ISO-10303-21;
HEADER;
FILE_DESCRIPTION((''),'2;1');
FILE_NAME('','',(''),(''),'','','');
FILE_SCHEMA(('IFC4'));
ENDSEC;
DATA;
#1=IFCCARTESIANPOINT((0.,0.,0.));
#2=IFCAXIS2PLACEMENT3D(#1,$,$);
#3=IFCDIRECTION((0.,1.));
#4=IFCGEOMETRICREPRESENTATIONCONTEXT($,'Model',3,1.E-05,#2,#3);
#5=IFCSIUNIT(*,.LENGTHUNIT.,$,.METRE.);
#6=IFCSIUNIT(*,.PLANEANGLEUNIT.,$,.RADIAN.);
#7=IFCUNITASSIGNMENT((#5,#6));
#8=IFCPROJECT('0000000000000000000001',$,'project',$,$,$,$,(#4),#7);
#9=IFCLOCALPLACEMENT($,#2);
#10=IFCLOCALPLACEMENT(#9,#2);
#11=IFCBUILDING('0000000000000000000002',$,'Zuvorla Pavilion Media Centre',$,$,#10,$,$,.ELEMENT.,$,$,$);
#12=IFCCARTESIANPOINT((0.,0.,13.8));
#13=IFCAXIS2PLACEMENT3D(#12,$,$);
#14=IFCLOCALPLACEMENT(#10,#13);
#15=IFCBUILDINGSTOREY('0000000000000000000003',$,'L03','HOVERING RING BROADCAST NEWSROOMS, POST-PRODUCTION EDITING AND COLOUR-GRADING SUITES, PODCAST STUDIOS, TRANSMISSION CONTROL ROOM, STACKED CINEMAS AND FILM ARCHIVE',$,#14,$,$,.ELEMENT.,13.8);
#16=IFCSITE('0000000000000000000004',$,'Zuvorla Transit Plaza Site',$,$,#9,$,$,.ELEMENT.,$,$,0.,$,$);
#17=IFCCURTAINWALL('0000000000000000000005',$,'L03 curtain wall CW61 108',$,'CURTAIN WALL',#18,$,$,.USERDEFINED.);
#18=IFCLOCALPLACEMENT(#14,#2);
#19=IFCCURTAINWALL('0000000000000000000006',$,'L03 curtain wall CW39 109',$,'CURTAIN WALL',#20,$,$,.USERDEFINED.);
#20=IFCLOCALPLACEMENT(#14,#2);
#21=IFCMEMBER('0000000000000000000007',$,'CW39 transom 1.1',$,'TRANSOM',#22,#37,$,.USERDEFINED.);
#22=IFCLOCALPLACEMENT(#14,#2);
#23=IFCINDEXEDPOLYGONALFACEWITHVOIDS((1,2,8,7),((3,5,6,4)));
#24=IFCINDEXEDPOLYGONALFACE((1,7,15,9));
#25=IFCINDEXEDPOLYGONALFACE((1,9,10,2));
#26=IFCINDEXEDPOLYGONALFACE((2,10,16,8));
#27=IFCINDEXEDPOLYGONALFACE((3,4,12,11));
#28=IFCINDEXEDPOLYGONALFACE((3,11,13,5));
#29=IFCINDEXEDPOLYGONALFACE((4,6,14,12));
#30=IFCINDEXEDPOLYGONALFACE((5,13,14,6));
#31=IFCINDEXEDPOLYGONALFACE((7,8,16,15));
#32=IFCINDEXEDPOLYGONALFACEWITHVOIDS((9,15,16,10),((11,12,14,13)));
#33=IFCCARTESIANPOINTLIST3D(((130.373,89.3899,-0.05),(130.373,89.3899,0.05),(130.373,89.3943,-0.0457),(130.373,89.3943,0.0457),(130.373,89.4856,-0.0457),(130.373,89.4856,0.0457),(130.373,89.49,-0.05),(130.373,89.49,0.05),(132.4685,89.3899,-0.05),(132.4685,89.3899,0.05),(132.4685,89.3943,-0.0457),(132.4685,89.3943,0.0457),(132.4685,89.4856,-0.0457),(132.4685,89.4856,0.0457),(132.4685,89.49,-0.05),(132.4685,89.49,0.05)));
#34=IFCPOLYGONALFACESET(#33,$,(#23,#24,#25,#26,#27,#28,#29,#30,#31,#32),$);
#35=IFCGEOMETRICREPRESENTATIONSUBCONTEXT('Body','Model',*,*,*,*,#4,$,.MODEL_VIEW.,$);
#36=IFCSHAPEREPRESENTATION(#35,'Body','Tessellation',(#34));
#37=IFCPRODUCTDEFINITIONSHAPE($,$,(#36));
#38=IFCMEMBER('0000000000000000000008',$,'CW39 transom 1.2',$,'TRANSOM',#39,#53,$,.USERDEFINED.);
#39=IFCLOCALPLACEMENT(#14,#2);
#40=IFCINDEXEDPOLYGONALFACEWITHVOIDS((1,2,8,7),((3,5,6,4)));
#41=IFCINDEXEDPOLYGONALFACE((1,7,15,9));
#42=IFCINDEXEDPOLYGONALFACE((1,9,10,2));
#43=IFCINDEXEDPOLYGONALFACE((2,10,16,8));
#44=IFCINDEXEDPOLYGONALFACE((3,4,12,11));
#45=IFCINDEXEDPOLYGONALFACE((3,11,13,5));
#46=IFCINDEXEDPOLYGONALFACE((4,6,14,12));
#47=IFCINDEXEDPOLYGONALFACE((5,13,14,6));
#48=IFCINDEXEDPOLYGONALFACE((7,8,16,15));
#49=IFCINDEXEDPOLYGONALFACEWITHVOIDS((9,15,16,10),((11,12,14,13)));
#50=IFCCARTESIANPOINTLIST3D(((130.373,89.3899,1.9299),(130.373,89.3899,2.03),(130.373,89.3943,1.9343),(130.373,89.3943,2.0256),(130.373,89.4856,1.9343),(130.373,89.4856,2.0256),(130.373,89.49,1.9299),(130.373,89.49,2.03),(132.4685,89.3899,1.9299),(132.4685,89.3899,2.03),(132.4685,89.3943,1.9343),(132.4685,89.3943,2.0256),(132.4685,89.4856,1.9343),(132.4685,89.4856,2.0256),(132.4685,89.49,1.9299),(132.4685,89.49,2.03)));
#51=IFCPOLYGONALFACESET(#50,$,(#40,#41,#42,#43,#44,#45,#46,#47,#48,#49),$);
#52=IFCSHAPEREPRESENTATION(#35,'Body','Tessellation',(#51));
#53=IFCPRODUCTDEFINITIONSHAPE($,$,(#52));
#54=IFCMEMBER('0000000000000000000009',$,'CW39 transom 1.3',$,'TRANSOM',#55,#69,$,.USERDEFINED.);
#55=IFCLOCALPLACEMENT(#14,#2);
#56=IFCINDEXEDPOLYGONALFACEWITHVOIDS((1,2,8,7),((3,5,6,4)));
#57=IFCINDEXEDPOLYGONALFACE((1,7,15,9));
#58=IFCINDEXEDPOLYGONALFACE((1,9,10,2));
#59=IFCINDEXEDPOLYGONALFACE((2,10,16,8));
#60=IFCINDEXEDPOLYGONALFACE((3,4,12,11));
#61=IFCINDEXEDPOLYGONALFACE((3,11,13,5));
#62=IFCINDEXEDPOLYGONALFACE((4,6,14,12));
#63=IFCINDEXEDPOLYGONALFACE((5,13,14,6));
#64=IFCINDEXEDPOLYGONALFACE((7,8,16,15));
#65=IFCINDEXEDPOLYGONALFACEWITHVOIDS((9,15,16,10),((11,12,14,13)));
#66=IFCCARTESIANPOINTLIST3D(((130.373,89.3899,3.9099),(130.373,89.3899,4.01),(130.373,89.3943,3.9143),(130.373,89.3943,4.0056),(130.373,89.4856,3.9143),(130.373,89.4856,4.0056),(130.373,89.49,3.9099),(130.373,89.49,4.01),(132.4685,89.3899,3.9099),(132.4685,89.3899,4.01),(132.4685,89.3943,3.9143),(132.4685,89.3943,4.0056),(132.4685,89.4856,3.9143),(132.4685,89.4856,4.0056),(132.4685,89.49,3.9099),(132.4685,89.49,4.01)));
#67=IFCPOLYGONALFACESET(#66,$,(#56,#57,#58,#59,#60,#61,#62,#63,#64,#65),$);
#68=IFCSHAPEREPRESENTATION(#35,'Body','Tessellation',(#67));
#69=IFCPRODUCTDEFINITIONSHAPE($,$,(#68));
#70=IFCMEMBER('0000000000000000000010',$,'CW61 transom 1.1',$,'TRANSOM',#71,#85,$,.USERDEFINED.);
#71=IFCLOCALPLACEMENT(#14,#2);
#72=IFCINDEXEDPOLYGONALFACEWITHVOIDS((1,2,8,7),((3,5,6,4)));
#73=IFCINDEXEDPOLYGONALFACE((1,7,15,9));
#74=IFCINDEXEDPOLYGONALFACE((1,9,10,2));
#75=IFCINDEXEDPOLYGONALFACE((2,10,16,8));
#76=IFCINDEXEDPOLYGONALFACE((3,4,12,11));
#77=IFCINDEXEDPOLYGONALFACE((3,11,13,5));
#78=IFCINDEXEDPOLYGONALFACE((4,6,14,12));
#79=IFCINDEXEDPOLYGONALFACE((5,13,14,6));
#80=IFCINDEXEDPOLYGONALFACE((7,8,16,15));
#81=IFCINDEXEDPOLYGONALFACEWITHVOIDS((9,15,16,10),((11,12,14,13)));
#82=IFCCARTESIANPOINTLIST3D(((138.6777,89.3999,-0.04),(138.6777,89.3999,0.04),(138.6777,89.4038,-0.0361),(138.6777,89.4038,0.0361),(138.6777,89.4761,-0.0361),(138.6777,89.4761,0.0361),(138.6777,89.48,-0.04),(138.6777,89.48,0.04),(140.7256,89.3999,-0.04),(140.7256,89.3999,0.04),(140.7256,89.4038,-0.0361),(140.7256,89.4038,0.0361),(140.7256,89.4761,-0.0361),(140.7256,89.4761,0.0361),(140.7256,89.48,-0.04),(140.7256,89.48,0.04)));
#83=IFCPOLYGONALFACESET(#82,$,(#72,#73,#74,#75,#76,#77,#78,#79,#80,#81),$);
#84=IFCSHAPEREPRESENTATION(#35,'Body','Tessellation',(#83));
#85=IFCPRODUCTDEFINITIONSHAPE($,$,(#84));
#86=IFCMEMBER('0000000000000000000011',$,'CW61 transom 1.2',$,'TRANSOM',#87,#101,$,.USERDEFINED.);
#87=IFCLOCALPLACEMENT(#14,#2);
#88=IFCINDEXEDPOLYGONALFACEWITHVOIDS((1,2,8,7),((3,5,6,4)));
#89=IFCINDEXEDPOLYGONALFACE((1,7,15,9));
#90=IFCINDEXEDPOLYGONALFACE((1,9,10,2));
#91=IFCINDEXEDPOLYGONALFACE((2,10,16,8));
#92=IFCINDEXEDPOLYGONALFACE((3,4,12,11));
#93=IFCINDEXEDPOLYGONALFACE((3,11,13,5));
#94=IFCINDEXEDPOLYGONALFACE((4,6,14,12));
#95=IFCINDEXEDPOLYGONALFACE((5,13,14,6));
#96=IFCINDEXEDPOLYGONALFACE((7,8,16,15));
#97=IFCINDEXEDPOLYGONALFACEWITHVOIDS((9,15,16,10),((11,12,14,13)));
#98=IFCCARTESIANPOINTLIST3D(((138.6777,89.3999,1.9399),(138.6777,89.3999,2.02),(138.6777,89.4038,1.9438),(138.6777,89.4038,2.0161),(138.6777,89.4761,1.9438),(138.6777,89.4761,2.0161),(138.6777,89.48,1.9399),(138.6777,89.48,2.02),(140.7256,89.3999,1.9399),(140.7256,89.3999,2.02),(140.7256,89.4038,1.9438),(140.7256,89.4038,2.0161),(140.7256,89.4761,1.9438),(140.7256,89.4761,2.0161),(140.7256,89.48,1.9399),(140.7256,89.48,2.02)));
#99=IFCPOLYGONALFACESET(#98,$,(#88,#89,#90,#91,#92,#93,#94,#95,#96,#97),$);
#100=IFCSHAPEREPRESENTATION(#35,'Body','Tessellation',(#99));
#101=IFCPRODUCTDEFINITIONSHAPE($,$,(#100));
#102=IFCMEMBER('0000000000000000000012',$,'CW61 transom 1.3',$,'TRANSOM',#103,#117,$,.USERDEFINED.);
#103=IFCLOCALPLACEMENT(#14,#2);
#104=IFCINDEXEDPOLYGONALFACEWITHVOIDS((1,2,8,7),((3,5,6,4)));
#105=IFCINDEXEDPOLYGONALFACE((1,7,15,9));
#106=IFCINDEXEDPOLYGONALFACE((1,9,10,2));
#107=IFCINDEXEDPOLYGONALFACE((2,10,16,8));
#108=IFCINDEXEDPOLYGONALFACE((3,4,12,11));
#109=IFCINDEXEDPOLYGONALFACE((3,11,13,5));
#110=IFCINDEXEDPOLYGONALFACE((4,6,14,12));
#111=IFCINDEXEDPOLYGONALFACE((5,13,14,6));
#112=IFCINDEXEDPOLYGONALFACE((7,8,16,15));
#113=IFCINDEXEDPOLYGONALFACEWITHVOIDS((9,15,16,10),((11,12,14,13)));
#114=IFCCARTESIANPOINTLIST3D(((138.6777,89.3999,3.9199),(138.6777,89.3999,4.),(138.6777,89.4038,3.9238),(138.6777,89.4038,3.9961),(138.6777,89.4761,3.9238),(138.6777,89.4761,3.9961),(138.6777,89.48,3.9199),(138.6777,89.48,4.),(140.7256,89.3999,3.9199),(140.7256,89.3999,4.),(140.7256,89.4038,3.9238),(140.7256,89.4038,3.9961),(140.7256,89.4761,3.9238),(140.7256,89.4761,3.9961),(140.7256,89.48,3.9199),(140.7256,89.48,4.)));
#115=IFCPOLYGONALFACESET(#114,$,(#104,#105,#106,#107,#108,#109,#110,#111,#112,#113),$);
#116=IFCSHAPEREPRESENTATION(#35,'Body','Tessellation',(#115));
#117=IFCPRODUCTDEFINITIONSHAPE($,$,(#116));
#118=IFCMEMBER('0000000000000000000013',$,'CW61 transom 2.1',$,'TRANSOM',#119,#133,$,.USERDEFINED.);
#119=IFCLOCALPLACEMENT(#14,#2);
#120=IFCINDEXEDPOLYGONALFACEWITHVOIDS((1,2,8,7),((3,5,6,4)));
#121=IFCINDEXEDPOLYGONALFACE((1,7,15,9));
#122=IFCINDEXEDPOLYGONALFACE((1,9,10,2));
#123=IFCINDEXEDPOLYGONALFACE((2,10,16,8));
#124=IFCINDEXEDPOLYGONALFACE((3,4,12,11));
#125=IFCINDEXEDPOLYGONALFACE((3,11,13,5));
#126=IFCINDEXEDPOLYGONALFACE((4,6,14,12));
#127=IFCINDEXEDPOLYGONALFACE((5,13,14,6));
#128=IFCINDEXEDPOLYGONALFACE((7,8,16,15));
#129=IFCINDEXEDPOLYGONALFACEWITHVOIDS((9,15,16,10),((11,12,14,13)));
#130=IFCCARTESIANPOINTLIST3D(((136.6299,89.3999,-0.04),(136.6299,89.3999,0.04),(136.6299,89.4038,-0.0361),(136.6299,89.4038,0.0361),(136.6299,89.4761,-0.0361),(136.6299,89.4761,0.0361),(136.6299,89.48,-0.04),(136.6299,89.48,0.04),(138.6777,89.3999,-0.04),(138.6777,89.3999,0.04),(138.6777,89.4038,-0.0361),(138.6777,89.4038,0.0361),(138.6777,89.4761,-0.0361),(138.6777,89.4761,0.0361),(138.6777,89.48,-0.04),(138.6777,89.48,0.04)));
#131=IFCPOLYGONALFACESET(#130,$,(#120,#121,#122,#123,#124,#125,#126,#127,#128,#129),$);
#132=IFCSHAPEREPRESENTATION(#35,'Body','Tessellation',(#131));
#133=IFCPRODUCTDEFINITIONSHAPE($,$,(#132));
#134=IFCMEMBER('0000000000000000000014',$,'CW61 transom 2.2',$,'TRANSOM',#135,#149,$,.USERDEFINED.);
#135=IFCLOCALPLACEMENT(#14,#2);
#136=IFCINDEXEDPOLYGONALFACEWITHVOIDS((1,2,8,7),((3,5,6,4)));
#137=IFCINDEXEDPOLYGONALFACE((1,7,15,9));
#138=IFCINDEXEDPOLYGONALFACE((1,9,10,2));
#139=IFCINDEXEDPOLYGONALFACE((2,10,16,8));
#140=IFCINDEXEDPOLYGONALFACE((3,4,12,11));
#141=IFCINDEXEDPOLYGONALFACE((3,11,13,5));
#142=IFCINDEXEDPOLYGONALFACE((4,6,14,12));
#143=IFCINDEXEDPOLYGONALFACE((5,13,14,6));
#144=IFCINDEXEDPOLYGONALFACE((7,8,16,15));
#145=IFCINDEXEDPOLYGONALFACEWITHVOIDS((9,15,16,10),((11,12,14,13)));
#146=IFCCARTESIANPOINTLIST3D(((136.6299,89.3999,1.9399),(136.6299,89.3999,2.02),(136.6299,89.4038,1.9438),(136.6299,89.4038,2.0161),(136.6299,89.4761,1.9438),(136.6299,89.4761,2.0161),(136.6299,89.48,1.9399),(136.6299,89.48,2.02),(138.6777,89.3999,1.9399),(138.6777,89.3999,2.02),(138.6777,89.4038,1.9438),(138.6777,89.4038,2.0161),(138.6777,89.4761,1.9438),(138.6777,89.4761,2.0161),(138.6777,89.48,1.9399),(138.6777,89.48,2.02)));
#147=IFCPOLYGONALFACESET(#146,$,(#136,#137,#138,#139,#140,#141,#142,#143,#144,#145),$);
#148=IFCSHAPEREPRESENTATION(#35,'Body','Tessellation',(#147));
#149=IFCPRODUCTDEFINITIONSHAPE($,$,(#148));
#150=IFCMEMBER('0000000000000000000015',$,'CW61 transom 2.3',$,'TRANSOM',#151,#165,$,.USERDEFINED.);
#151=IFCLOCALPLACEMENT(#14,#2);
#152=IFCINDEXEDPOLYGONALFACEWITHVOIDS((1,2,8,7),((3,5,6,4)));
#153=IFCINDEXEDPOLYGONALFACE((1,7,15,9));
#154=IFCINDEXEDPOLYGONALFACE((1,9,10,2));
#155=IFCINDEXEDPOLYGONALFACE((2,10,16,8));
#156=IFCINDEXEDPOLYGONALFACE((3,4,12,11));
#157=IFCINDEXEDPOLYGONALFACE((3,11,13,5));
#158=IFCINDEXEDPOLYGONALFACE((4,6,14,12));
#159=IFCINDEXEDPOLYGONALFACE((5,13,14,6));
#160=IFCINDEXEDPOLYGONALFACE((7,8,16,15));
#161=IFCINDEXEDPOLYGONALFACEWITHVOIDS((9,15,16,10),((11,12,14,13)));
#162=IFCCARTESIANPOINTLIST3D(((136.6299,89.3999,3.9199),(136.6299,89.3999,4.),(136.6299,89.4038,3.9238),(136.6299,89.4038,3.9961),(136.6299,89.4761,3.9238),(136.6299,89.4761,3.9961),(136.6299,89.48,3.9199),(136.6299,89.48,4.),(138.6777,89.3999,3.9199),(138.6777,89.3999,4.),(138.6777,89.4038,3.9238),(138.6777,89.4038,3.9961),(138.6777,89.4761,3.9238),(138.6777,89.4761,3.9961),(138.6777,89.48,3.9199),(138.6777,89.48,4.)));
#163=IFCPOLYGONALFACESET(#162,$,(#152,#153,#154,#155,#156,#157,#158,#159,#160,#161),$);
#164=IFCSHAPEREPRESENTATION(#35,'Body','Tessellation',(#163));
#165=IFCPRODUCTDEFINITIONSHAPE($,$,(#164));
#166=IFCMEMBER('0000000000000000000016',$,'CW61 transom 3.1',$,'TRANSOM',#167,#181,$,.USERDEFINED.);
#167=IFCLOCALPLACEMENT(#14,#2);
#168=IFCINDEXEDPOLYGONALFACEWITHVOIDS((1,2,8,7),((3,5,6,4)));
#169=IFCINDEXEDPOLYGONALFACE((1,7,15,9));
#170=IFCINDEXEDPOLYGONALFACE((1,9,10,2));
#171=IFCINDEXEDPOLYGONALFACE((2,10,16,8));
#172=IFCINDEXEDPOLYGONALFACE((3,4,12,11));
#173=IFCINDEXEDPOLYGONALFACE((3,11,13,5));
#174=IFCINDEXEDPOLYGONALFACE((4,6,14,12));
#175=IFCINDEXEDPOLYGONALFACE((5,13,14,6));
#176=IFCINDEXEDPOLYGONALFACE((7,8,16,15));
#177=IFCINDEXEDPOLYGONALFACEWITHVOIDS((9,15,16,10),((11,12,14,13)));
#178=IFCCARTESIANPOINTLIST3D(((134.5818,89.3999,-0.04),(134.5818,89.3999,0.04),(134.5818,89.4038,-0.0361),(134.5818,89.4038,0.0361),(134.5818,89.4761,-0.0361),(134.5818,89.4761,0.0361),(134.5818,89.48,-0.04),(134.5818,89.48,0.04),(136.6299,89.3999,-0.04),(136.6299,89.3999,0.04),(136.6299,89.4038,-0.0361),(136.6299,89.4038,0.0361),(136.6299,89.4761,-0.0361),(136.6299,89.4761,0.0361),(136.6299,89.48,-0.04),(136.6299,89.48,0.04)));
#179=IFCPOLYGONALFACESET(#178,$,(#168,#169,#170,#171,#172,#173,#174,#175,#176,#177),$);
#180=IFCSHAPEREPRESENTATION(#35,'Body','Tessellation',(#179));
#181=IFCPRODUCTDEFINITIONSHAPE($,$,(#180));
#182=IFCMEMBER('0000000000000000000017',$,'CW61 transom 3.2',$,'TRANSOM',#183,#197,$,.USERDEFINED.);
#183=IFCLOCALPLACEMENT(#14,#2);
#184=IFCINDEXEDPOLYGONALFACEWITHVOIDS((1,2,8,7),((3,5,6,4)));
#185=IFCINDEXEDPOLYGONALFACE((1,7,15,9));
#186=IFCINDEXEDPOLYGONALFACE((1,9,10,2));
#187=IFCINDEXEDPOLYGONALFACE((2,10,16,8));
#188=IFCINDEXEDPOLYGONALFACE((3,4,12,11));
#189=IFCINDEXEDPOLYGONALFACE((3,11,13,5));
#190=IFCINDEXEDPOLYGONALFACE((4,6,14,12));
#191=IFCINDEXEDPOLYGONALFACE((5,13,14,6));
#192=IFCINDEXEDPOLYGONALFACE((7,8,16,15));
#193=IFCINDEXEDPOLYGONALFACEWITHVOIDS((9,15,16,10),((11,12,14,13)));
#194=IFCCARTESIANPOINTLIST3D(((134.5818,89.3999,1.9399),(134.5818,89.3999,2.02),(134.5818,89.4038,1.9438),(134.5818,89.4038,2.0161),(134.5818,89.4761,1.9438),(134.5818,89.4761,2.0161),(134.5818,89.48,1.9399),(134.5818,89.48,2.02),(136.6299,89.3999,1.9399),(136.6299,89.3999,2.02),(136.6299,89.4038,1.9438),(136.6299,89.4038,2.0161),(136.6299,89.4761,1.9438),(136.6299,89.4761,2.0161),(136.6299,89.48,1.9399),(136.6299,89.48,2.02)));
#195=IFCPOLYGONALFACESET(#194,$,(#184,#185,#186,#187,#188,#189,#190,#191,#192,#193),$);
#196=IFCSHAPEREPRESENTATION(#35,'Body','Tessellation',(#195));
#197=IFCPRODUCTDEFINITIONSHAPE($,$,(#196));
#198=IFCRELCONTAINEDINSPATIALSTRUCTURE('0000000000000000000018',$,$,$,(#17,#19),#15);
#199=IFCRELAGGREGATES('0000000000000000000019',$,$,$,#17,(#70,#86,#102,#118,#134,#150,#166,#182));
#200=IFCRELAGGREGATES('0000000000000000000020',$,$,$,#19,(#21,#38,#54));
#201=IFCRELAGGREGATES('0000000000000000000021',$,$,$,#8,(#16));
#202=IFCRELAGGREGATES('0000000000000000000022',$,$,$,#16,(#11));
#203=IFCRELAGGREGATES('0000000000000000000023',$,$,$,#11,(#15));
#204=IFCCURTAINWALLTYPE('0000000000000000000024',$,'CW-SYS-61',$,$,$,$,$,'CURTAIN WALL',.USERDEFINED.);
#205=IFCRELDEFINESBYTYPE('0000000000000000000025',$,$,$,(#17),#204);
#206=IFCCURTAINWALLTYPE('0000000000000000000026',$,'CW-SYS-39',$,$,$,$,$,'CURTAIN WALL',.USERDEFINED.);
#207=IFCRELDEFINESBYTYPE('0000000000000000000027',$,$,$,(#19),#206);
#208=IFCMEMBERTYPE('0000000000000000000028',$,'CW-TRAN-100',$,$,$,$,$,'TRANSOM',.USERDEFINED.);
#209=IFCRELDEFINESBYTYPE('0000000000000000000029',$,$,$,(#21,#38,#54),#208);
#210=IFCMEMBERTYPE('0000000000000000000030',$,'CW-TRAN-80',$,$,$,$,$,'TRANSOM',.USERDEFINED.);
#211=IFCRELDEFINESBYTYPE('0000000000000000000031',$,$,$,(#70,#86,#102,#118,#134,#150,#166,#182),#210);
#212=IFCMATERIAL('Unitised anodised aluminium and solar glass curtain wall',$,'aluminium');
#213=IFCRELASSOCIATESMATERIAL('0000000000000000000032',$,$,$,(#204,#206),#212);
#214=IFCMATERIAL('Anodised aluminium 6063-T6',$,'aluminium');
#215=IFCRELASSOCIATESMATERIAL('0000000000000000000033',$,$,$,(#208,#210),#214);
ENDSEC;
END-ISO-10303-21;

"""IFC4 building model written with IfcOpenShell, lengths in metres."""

from ifc_helpers import new_model, si_unit, direction, frame, origin, origin_2d, place, context, subcontext, project, spatial, hollow_rectangle, extrude, material, material_profile, profile_set, type_object, element, aggregate, save


model = new_model("IFC4")

# Units and contexts
model_context = context("Model", 3, precision=1e-05, world=origin(), true_north=direction((0.0, 1.0)))
body_context = subcontext(model_context, "Body", "Model", "MODEL_VIEW")
ifc_project = project(units=[si_unit("LENGTHUNIT", "METRE"), si_unit("PLANEANGLEUNIT", "RADIAN")], contexts=[model_context])

# Site, building, storey
site_placement = place(None, origin())
site = spatial("IfcSite", under=ifc_project, at=site_placement, Name="Zuvorla Transit Plaza Site", CompositionType="ELEMENT", RefElevation=0.0)
building_placement = place(site_placement, origin())
building = spatial("IfcBuilding", under=site, at=building_placement, Name="Zuvorla Pavilion Media Centre", CompositionType="ELEMENT")
storey_placement = place(building_placement, frame((0.0, 0.0, 13.8)))
storey = spatial("IfcBuildingStorey", under=building, at=storey_placement, Name="L03", Description="HOVERING RING BROADCAST NEWSROOMS, POST-PRODUCTION EDITING AND COLOUR-GRADING SUITES, PODCAST STUDIOS, TRANSMISSION CONTROL ROOM, STACKED CINEMAS AND FILM ARCHIVE", CompositionType="ELEMENT", Elevation=13.8)

# Curtain walls, members
ifc_material_1 = material(Name="Unitised anodised aluminium and solar glass curtain wall", Category="aluminium")
curtain_wall_type_1 = type_object("IfcCurtainWallType", Name="CW-SYS-61", ElementType="CURTAIN WALL", PredefinedType="USERDEFINED", material=ifc_material_1)
curtain_wall_1_placement = place(storey_placement, origin())
curtain_wall_1 = element("IfcCurtainWall", 1, at=curtain_wall_1_placement, inside=storey, type_object=curtain_wall_type_1, Name="L03 curtain wall CW61 108", ObjectType="CURTAIN WALL", PredefinedType="USERDEFINED")
ifc_material_2 = material(Name="Anodised aluminium 6063-T6", Category="aluminium")
curtain_wall_type_2 = type_object("IfcCurtainWallType", Name="CW-SYS-39", ElementType="CURTAIN WALL", PredefinedType="USERDEFINED", material=ifc_material_1)
curtain_wall_2_placement = place(storey_placement, origin())
curtain_wall_2 = element("IfcCurtainWall", 2, at=curtain_wall_2_placement, inside=storey, type_object=curtain_wall_type_2, Name="L03 curtain wall CW39 109", ObjectType="CURTAIN WALL", PredefinedType="USERDEFINED")
ifc_material_profile_1 = material_profile(ifc_material_2, hollow_rectangle(XDim=0.1001, YDim=0.1001, WallThickness=0.0044, at=origin_2d()), Name="ALU TRAN 100x100")
ifc_profile_set_1 = profile_set([ifc_material_profile_1], Name="Anodised aluminium 6063-T6")
member_type_1 = type_object("IfcMemberType", Name="CW-TRAN-100", ElementType="TRANSOM", PredefinedType="USERDEFINED", material=ifc_profile_set_1)
member_1_placement = place(storey_placement, frame((132.4685, 89.4399, 0.0), z_axis=(-1.0, 0.0, 0.0), x_axis=(0.0, -1.0, 0.0)))
member_1 = element("IfcMember", 3, at=member_1_placement, type_object=member_type_1, Name="CW39 transom 1.1", ObjectType="TRANSOM", PredefinedType="USERDEFINED", context=body_context, shape_type="SweptSolid", body=[
    extrude(hollow_rectangle(XDim=0.1001, YDim=0.1001, WallThickness=0.0044, at=origin_2d()), origin(), (0.0, 0.0, 1.0), 2.0955),
])
member_2_placement = place(storey_placement, frame((132.4685, 89.4399, 1.98), z_axis=(-1.0, 0.0, 0.0), x_axis=(0.0, -1.0, 0.0)))
member_2 = element("IfcMember", 4, at=member_2_placement, type_object=member_type_1, Name="CW39 transom 1.2", ObjectType="TRANSOM", PredefinedType="USERDEFINED", context=body_context, shape_type="SweptSolid", body=[
    extrude(hollow_rectangle(XDim=0.1001, YDim=0.1001, WallThickness=0.0044, at=origin_2d()), origin(), (0.0, 0.0, 1.0), 2.0955),
])
member_3_placement = place(storey_placement, frame((132.4685, 89.4399, 3.96), z_axis=(-1.0, 0.0, 0.0), x_axis=(0.0, -1.0, 0.0)))
member_3 = element("IfcMember", 5, at=member_3_placement, type_object=member_type_1, Name="CW39 transom 1.3", ObjectType="TRANSOM", PredefinedType="USERDEFINED", context=body_context, shape_type="SweptSolid", body=[
    extrude(hollow_rectangle(XDim=0.1001, YDim=0.1001, WallThickness=0.0044, at=origin_2d()), origin(), (0.0, 0.0, 1.0), 2.0955),
])

# Members
ifc_material_profile_2 = material_profile(ifc_material_2, hollow_rectangle(XDim=0.0801, YDim=0.0801, WallThickness=0.0039, at=origin_2d()), Name="ALU TRAN 80x80")
ifc_profile_set_2 = profile_set([ifc_material_profile_2], Name="Anodised aluminium 6063-T6")
member_type_2 = type_object("IfcMemberType", Name="CW-TRAN-80", ElementType="TRANSOM", PredefinedType="USERDEFINED", material=ifc_profile_set_2)
member_4_placement = place(storey_placement, frame((140.7256, 89.4399, 0.0), z_axis=(-1.0, 0.0, 0.0), x_axis=(0.0, -1.0, 0.0)))
member_4 = element("IfcMember", 6, at=member_4_placement, type_object=member_type_2, Name="CW61 transom 1.1", ObjectType="TRANSOM", PredefinedType="USERDEFINED", context=body_context, shape_type="SweptSolid", body=[
    extrude(hollow_rectangle(XDim=0.0801, YDim=0.0801, WallThickness=0.0039, at=origin_2d()), origin(), (0.0, 0.0, 1.0), 2.0479),
])
member_5_placement = place(storey_placement, frame((140.7256, 89.4399, 1.98), z_axis=(-1.0, 0.0, 0.0), x_axis=(0.0, -1.0, 0.0)))
member_5 = element("IfcMember", 7, at=member_5_placement, type_object=member_type_2, Name="CW61 transom 1.2", ObjectType="TRANSOM", PredefinedType="USERDEFINED", context=body_context, shape_type="SweptSolid", body=[
    extrude(hollow_rectangle(XDim=0.0801, YDim=0.0801, WallThickness=0.0039, at=origin_2d()), origin(), (0.0, 0.0, 1.0), 2.0479),
])
member_6_placement = place(storey_placement, frame((140.7256, 89.4399, 3.96), z_axis=(-1.0, 0.0, 0.0), x_axis=(0.0, -1.0, 0.0)))
member_6 = element("IfcMember", 8, at=member_6_placement, type_object=member_type_2, Name="CW61 transom 1.3", ObjectType="TRANSOM", PredefinedType="USERDEFINED", context=body_context, shape_type="SweptSolid", body=[
    extrude(hollow_rectangle(XDim=0.0801, YDim=0.0801, WallThickness=0.0039, at=origin_2d()), origin(), (0.0, 0.0, 1.0), 2.0479),
])
member_7_placement = place(storey_placement, frame((138.6777, 89.4399, 0.0), z_axis=(-1.0, 0.0, 0.0), x_axis=(0.0, -1.0, 0.0)))
member_7 = element("IfcMember", 9, at=member_7_placement, type_object=member_type_2, Name="CW61 transom 2.1", ObjectType="TRANSOM", PredefinedType="USERDEFINED", context=body_context, shape_type="SweptSolid", body=[
    extrude(hollow_rectangle(XDim=0.0801, YDim=0.0801, WallThickness=0.0039, at=origin_2d()), origin(), (0.0, 0.0, 1.0), 2.0479),
])
member_8_placement = place(storey_placement, frame((138.6777, 89.4399, 1.98), z_axis=(-1.0, 0.0, 0.0), x_axis=(0.0, -1.0, 0.0)))
member_8 = element("IfcMember", 10, at=member_8_placement, type_object=member_type_2, Name="CW61 transom 2.2", ObjectType="TRANSOM", PredefinedType="USERDEFINED", context=body_context, shape_type="SweptSolid", body=[
    extrude(hollow_rectangle(XDim=0.0801, YDim=0.0801, WallThickness=0.0039, at=origin_2d()), origin(), (0.0, 0.0, 1.0), 2.0479),
])
member_9_placement = place(storey_placement, frame((138.6777, 89.4399, 3.96), z_axis=(-1.0, 0.0, 0.0), x_axis=(0.0, -1.0, 0.0)))
member_9 = element("IfcMember", 11, at=member_9_placement, type_object=member_type_2, Name="CW61 transom 2.3", ObjectType="TRANSOM", PredefinedType="USERDEFINED", context=body_context, shape_type="SweptSolid", body=[
    extrude(hollow_rectangle(XDim=0.0801, YDim=0.0801, WallThickness=0.0039, at=origin_2d()), origin(), (0.0, 0.0, 1.0), 2.0479),
])
member_10_placement = place(storey_placement, frame((136.6299, 89.4399, 0.0), z_axis=(-1.0, 0.0, 0.0), x_axis=(0.0, -1.0, 0.0)))
member_10 = element("IfcMember", 12, at=member_10_placement, type_object=member_type_2, Name="CW61 transom 3.1", ObjectType="TRANSOM", PredefinedType="USERDEFINED", context=body_context, shape_type="SweptSolid", body=[
    extrude(hollow_rectangle(XDim=0.0801, YDim=0.0801, WallThickness=0.0039, at=origin_2d()), origin(), (0.0, 0.0, 1.0), 2.0481),
])
member_11_placement = place(storey_placement, frame((136.6299, 89.4399, 1.98), z_axis=(-1.0, 0.0, 0.0), x_axis=(0.0, -1.0, 0.0)))
member_11 = element("IfcMember", 13, at=member_11_placement, type_object=member_type_2, Name="CW61 transom 3.2", ObjectType="TRANSOM", PredefinedType="USERDEFINED", context=body_context, shape_type="SweptSolid", body=[
    extrude(hollow_rectangle(XDim=0.0801, YDim=0.0801, WallThickness=0.0039, at=origin_2d()), origin(), (0.0, 0.0, 1.0), 2.0481),
])

aggregate(curtain_wall_1, [member_4, member_5, member_6, member_7, member_8, member_9, member_10, member_11])
aggregate(curtain_wall_2, [member_1, member_2, member_3])

save(model, "model.ifc")
